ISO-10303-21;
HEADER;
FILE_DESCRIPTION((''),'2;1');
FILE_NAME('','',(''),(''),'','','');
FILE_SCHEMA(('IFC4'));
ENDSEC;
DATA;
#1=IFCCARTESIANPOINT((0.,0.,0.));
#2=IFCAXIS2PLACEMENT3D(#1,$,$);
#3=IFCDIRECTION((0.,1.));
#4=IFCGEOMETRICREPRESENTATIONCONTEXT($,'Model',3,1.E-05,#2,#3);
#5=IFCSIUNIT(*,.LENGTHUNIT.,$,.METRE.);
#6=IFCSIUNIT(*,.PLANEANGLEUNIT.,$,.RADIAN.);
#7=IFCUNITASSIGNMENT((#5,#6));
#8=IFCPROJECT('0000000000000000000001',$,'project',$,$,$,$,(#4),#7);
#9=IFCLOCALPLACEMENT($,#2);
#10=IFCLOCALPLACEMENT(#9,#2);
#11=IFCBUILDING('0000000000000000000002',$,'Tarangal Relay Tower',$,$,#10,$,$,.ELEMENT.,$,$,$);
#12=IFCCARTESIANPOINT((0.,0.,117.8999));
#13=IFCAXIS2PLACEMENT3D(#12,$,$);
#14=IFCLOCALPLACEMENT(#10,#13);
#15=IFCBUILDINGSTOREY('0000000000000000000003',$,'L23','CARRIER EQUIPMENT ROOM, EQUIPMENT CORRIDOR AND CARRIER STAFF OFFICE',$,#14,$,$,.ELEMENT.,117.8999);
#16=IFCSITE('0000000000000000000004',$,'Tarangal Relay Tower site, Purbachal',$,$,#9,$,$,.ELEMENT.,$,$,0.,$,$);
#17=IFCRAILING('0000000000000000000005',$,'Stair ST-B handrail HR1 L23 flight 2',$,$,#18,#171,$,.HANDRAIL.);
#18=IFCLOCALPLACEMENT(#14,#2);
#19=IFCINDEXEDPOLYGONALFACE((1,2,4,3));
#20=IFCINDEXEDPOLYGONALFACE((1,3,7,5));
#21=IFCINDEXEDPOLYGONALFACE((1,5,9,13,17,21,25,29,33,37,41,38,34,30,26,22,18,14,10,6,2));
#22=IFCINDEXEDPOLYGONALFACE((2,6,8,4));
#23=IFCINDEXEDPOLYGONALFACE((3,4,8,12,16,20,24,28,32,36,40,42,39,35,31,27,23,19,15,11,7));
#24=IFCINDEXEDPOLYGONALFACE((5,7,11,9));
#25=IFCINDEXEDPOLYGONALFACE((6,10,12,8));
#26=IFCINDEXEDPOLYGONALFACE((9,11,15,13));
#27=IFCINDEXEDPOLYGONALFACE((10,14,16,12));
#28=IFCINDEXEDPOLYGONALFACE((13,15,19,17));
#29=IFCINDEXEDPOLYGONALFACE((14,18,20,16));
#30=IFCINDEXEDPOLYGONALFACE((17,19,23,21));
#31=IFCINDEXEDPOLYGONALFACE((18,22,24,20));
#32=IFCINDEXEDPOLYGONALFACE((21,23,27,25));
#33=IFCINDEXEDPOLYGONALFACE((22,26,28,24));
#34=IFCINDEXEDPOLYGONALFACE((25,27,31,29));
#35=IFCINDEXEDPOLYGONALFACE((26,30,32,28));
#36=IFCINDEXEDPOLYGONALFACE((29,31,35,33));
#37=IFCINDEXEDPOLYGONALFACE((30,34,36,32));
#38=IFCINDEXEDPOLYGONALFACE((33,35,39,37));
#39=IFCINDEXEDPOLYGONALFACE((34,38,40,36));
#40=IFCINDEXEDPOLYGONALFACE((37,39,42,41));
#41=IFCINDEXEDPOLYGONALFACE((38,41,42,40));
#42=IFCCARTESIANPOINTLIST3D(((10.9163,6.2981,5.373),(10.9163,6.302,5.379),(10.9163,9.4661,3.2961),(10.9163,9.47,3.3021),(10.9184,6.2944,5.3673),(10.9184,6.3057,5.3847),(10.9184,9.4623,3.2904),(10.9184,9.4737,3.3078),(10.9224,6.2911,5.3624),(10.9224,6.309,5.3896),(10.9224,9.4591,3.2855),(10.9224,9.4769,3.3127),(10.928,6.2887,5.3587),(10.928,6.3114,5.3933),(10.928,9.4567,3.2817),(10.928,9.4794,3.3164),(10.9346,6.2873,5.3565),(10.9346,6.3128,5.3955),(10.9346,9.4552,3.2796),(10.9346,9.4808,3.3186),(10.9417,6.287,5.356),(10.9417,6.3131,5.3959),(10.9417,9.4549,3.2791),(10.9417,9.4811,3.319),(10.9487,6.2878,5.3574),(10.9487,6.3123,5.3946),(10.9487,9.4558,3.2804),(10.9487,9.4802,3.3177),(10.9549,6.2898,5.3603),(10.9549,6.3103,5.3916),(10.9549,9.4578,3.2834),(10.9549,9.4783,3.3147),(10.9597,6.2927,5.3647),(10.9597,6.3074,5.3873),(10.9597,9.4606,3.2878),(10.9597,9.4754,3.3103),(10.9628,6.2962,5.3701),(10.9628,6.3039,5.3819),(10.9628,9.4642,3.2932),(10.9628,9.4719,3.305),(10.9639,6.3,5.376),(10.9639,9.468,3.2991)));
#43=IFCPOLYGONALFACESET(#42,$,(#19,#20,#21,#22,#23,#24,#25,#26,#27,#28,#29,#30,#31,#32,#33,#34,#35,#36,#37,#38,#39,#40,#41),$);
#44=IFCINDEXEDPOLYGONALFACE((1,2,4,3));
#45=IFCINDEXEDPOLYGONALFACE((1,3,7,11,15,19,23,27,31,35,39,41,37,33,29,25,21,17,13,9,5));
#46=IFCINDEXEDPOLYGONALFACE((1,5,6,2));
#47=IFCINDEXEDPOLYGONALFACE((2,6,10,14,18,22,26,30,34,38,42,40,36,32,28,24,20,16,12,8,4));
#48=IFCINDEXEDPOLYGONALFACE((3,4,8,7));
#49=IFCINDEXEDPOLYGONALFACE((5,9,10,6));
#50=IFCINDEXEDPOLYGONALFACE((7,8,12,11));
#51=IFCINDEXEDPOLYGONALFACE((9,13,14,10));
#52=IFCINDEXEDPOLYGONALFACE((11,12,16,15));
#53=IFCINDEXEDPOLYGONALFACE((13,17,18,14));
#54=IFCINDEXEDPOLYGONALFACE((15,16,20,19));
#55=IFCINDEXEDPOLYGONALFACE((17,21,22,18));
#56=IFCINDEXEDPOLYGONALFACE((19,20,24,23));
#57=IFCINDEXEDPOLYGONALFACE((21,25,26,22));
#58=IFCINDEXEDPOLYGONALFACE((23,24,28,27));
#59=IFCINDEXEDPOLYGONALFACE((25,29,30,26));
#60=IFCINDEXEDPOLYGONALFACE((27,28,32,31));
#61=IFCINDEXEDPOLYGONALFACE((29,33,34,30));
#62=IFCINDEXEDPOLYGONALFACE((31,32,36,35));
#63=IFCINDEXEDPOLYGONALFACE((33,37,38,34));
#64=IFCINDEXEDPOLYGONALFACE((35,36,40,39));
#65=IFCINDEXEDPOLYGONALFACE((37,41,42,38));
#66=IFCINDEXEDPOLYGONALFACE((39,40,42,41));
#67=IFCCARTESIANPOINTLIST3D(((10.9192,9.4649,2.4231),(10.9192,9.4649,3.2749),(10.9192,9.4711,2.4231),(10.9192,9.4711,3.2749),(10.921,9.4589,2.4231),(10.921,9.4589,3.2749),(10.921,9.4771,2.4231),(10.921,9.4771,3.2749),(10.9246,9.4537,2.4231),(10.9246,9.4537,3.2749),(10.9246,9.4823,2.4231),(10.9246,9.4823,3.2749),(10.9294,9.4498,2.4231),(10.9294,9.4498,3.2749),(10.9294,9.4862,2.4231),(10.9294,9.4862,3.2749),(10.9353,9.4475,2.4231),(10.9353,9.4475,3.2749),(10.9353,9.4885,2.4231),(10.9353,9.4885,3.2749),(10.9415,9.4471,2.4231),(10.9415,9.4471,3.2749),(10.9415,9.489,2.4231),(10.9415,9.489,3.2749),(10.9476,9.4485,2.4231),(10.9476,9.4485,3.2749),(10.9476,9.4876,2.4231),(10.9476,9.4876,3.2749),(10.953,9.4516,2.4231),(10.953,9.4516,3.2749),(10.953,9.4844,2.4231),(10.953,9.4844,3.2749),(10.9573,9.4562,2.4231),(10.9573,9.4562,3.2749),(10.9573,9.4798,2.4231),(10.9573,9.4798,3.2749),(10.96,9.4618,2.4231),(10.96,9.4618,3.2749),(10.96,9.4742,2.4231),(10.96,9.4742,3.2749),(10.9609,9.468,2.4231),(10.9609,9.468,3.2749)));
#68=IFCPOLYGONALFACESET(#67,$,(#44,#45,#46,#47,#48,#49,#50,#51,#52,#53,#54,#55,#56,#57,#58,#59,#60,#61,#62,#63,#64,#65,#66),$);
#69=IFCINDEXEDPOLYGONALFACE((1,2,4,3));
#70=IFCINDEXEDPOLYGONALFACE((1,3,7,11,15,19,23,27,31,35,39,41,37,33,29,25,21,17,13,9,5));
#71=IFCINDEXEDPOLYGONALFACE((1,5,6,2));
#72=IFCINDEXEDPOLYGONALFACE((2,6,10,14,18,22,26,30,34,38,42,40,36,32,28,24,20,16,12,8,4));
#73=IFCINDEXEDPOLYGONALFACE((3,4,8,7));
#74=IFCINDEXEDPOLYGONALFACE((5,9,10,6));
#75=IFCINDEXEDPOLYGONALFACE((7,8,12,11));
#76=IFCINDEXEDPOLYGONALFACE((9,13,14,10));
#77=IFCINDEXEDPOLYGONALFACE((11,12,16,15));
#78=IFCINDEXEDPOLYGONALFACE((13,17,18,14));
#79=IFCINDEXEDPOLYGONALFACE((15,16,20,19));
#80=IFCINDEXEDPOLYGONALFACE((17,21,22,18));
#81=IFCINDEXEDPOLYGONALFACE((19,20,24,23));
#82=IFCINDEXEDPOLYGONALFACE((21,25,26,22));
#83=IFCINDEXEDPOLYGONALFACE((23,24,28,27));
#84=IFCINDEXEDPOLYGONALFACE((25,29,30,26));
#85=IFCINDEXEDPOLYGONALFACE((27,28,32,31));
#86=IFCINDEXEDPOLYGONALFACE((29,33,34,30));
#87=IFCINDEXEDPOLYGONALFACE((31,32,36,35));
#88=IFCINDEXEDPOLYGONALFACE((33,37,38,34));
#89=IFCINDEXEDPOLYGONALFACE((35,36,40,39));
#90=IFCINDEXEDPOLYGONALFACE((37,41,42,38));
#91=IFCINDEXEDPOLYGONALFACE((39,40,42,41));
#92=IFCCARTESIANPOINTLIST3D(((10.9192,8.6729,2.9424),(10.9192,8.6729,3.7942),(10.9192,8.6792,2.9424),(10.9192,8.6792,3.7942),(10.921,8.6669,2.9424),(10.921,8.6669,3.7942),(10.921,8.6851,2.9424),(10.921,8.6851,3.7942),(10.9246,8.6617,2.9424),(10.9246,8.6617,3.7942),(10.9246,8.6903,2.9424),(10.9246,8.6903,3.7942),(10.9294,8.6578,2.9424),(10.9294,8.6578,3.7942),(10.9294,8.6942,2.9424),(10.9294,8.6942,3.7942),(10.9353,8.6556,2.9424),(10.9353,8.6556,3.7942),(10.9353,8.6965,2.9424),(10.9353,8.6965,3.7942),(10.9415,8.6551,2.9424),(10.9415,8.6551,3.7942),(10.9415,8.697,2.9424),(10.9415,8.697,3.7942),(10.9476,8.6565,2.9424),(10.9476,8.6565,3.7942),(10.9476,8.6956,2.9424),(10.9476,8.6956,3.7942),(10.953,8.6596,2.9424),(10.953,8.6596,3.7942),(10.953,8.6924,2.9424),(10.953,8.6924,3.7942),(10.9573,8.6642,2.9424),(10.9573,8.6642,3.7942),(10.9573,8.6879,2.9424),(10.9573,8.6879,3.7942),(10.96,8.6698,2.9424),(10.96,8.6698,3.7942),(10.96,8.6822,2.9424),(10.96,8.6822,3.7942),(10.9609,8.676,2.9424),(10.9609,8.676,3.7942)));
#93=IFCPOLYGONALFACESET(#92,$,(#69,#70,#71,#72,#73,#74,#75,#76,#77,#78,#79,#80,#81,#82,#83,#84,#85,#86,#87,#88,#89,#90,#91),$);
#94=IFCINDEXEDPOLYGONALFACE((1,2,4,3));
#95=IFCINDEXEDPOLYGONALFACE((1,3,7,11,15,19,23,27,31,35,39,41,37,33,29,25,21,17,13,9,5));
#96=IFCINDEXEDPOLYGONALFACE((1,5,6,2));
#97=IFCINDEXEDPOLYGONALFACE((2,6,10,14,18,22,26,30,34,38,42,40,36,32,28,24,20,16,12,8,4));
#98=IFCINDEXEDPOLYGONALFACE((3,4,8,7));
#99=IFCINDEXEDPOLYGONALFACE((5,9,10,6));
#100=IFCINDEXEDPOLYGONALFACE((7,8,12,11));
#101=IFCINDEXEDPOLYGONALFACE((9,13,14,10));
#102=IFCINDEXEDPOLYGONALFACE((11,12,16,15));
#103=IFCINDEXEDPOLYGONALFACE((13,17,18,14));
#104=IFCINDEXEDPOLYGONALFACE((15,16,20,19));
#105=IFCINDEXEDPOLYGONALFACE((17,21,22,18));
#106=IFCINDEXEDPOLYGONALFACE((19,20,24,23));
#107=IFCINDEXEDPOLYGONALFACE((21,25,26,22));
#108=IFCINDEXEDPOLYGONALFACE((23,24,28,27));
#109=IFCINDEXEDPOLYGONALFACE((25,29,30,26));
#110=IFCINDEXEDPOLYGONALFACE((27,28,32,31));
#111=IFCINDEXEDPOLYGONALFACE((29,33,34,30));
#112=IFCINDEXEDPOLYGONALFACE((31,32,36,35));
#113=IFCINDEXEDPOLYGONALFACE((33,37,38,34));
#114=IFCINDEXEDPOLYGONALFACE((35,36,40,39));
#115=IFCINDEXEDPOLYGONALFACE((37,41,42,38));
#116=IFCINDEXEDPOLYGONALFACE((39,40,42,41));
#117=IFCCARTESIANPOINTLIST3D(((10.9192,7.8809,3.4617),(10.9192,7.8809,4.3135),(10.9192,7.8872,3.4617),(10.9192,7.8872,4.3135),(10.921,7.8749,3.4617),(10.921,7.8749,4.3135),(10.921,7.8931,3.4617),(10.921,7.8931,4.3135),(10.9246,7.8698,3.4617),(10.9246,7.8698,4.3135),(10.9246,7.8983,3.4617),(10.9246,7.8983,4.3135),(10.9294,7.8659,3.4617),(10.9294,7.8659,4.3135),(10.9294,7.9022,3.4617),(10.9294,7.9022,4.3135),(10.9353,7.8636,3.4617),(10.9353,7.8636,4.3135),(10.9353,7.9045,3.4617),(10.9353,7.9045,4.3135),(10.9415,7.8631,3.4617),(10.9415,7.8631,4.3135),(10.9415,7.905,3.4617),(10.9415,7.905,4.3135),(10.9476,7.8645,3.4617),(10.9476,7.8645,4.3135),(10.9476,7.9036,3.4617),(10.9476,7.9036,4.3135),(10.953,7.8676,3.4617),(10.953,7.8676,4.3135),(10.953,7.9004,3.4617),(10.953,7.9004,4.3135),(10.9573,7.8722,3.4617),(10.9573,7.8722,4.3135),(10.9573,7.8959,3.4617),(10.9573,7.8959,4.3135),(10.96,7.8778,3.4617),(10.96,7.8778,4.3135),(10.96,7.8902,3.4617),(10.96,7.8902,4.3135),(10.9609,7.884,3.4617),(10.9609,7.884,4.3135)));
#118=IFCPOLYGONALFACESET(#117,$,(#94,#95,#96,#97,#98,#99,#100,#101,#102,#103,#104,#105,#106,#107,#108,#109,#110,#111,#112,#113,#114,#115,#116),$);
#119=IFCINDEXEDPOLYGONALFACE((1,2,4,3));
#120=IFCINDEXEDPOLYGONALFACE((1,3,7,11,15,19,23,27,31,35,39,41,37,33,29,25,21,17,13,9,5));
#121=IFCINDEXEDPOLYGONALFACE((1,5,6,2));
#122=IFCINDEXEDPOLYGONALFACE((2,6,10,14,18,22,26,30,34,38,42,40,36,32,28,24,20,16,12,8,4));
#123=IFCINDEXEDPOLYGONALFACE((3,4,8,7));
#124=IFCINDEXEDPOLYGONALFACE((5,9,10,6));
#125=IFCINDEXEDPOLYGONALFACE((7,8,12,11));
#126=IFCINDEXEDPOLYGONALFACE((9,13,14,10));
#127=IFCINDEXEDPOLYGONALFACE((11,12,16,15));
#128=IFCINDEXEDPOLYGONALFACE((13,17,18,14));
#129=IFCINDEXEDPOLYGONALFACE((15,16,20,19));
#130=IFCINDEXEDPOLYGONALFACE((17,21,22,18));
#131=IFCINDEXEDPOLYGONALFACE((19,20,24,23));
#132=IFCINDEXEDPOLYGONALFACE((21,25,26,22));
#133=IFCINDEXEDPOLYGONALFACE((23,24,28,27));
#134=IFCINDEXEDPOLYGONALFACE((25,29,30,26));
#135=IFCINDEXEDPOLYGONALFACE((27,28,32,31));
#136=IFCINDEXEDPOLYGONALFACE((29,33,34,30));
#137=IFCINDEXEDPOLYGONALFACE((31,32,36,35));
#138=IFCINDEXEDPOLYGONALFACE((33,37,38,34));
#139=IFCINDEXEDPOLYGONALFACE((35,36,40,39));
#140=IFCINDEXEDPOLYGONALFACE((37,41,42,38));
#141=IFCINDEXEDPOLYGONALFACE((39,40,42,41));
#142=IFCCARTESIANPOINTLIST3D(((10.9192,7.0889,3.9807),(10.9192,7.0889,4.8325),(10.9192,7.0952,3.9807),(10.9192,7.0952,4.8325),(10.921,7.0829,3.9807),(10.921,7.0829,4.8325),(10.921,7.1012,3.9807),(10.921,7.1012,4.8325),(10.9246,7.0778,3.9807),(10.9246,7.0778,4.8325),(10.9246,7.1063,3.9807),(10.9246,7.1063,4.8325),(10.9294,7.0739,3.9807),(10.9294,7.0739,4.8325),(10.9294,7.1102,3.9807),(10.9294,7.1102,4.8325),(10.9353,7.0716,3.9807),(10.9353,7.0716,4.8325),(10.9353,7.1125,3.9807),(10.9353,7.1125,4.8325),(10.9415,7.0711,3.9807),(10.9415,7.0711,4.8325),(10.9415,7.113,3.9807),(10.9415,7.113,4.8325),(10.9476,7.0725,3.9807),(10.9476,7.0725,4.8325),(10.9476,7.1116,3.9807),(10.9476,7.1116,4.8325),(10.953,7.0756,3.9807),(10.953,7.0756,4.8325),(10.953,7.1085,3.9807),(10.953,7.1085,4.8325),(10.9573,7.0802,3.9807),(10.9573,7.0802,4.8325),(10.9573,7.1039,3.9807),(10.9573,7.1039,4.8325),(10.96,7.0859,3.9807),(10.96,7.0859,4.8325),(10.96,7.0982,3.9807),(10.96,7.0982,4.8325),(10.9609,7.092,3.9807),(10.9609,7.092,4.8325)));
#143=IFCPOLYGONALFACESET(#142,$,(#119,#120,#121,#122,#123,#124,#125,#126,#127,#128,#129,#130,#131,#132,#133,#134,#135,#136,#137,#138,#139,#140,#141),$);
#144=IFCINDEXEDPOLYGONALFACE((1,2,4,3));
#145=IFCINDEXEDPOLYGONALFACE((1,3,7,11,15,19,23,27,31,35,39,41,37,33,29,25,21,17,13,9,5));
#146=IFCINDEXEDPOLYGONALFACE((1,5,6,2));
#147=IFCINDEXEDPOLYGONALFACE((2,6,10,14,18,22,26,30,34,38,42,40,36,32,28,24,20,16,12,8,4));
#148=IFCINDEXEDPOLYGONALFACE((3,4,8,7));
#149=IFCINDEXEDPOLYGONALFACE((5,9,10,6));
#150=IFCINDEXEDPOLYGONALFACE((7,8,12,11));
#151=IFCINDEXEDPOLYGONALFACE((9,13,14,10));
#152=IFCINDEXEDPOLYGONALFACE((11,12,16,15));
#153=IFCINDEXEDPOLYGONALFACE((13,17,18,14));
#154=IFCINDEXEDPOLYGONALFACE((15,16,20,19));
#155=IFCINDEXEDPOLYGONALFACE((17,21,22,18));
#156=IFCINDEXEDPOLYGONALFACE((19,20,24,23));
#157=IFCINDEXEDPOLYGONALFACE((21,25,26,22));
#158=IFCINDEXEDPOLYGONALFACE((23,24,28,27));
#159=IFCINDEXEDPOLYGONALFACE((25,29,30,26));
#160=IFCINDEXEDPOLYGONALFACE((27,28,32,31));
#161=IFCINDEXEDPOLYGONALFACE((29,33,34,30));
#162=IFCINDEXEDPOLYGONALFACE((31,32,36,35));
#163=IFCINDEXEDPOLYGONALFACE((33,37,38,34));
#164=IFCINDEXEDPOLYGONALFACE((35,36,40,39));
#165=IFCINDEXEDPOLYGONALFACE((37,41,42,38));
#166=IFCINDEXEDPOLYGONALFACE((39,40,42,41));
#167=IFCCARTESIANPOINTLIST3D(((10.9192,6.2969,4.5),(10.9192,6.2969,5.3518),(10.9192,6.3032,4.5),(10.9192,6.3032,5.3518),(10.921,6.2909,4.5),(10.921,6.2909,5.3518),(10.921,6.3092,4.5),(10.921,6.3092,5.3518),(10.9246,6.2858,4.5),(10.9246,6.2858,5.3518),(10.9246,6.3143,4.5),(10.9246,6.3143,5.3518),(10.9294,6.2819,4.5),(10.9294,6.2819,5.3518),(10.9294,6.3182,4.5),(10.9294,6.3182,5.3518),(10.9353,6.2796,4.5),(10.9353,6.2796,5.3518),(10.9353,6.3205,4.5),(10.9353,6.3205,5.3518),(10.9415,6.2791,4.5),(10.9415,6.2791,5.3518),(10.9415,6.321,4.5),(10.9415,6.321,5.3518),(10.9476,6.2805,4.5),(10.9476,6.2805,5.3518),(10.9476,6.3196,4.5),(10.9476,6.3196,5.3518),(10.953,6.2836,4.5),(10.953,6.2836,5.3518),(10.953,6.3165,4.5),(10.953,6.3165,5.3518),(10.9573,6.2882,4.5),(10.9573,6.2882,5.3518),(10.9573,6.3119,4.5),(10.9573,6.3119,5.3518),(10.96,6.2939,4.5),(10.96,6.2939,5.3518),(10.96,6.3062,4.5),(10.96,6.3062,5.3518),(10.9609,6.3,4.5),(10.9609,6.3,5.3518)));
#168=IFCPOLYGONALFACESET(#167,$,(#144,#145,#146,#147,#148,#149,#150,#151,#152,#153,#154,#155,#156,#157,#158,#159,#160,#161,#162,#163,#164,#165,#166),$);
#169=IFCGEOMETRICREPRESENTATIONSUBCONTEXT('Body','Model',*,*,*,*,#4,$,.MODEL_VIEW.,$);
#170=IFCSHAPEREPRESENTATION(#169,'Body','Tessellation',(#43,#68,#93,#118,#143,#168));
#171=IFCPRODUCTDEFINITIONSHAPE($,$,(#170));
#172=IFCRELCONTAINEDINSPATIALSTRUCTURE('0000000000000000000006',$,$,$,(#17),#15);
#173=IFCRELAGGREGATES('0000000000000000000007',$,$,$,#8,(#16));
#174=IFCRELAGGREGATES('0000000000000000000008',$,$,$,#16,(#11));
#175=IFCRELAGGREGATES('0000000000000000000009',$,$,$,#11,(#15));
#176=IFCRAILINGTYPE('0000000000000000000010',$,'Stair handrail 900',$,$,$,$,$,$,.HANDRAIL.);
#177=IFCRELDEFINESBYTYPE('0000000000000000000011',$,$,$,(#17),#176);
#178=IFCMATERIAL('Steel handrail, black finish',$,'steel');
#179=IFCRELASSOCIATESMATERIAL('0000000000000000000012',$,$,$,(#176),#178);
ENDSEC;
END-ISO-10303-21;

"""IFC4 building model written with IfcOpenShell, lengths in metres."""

from ifc_helpers import new_model, si_unit, direction, frame, origin, origin_2d, place, context, subcontext, project, spatial, circle, extrude, material, type_object, element, save


model = new_model("IFC4")

# Units and contexts
model_context = context("Model", 3, precision=1e-05, world=origin(), true_north=direction((0.0, 1.0)))
body_context = subcontext(model_context, "Body", "Model", "MODEL_VIEW")
ifc_project = project(units=[si_unit("LENGTHUNIT", "METRE"), si_unit("PLANEANGLEUNIT", "RADIAN")], contexts=[model_context])

# Site, building, storey
site_placement = place(None, origin())
site = spatial("IfcSite", under=ifc_project, at=site_placement, Name="Tarangal Relay Tower site, Purbachal", CompositionType="ELEMENT", RefElevation=0.0)
building_placement = place(site_placement, origin())
building = spatial("IfcBuilding", under=site, at=building_placement, Name="Tarangal Relay Tower", CompositionType="ELEMENT")
storey_placement = place(building_placement, frame((0.0, 0.0, 117.8999)))
storey = spatial("IfcBuildingStorey", under=building, at=storey_placement, Name="L23", Description="CARRIER EQUIPMENT ROOM, EQUIPMENT CORRIDOR AND CARRIER STAFF OFFICE", CompositionType="ELEMENT", Elevation=117.8999)

# Railing
ifc_material_1 = material(Name="Steel handrail, black finish", Category="steel")
railing_type_1 = type_object("IfcRailingType", Name="Stair handrail 900", PredefinedType="HANDRAIL", material=ifc_material_1)
railing_1_placement = place(storey_placement, frame((10.9399, 9.468, 2.4231)))
element("IfcRailing", 1, at=railing_1_placement, inside=storey, type_object=railing_type_1, Name="Stair ST-B handrail HR1 L23 flight 2", PredefinedType="HANDRAIL", context=body_context, shape_type="SweptSolid", body=[
    extrude(circle(Radius=0.0239, at=origin_2d()), frame((0.0, 0.0, 0.876), z_axis=(0.0, -0.836299, 0.548273), x_axis=(1.0, 0.0, 0.0)), (0.0, 0.0, 1.0), 3.7881),
    extrude(circle(Radius=0.021, at=origin_2d()), origin(), (0.0, 0.0, 1.0), 0.8518),
    extrude(circle(Radius=0.021, at=origin_2d()), frame((0.0, -0.792, 0.5193)), (0.0, 0.0, 1.0), 0.8518),
    extrude(circle(Radius=0.021, at=origin_2d()), frame((0.0, -1.584, 1.0386)), (0.0, 0.0, 1.0), 0.8518),
    extrude(circle(Radius=0.021, at=origin_2d()), frame((0.0, -2.376, 1.5576)), (0.0, 0.0, 1.0), 0.8518),
    extrude(circle(Radius=0.021, at=origin_2d()), frame((0.0, -3.168, 2.0769)), (0.0, 0.0, 1.0), 0.8518),
])

save(model, "model.ifc")
